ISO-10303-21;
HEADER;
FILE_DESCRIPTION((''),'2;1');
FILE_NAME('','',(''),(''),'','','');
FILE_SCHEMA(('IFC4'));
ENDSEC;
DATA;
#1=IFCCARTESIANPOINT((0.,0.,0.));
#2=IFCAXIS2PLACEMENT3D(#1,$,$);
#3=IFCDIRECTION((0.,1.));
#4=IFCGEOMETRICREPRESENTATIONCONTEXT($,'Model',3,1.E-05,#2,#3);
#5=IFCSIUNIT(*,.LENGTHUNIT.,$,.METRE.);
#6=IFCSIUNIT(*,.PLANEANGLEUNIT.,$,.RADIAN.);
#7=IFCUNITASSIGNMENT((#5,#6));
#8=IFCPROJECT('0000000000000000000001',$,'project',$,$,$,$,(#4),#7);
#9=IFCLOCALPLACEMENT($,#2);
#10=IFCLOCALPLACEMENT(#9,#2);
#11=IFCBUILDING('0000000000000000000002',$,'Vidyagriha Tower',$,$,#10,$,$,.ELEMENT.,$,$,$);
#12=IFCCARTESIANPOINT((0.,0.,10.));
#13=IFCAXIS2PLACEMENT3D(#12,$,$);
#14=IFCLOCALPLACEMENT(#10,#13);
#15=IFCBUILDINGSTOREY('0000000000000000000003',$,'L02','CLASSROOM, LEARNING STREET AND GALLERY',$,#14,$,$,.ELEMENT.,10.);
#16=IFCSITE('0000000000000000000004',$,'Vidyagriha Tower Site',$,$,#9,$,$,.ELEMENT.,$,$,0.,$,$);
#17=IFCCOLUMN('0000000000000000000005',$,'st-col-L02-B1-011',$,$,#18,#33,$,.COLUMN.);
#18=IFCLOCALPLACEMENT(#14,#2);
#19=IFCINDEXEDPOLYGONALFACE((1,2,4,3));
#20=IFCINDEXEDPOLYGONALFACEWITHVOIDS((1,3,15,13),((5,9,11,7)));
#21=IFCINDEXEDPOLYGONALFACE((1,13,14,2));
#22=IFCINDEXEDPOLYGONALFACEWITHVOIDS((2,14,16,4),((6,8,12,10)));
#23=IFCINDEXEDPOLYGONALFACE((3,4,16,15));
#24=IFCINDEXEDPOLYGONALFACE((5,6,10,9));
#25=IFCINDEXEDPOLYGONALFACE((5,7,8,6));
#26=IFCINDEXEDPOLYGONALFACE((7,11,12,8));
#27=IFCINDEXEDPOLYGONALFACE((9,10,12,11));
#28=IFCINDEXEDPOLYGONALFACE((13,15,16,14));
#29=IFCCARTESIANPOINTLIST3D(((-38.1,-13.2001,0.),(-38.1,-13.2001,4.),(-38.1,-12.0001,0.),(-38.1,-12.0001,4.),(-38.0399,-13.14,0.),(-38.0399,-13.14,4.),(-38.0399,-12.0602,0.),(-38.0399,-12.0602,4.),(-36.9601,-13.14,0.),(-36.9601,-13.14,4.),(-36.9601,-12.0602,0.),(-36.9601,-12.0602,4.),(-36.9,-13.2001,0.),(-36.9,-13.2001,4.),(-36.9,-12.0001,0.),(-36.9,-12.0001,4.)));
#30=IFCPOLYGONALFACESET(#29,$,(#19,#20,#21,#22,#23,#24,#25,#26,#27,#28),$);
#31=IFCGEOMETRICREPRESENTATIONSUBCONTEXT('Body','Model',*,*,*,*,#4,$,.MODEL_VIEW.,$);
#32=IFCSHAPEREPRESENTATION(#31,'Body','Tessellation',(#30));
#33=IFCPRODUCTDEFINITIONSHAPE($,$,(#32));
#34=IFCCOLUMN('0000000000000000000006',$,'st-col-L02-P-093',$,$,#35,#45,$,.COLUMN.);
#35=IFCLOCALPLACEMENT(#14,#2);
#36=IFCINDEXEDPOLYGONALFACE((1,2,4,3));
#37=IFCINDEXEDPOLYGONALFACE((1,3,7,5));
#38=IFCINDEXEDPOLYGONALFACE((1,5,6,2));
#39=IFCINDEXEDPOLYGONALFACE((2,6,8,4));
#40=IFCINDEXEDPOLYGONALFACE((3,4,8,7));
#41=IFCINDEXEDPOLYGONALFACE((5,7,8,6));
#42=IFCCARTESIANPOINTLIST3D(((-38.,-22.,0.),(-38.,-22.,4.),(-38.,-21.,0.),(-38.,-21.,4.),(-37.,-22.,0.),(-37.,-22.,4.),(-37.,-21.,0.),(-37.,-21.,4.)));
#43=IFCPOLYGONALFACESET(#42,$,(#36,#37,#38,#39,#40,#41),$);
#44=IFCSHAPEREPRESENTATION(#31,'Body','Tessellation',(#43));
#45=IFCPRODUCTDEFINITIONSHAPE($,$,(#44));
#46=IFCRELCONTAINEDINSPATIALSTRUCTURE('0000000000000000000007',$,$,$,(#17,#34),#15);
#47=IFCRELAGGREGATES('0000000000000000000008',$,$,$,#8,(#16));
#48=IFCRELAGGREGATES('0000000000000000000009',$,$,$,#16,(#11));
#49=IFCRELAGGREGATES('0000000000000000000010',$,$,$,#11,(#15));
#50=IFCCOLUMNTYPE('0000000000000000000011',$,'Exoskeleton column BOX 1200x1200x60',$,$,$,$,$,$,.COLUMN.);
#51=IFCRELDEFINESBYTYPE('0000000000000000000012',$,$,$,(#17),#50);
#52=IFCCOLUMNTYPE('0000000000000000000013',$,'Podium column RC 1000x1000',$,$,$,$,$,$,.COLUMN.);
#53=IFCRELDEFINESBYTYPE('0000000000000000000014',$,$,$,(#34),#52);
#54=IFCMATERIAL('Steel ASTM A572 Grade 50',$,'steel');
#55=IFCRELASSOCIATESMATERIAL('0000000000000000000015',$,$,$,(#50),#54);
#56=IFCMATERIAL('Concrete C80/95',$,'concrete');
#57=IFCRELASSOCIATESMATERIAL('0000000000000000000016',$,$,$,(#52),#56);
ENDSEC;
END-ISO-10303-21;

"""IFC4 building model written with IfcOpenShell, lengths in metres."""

from ifc_helpers import new_model, si_unit, direction, frame, origin, origin_2d, place, context, subcontext, project, spatial, rectangle, hollow_rectangle, extrude, material, material_profile, profile_set, type_object, element, save


model = new_model("IFC4")

# Units and contexts
model_context = context("Model", 3, precision=1e-05, world=origin(), true_north=direction((0.0, 1.0)))
body_context = subcontext(model_context, "Body", "Model", "MODEL_VIEW")
ifc_project = project(units=[si_unit("LENGTHUNIT", "METRE"), si_unit("PLANEANGLEUNIT", "RADIAN")], contexts=[model_context])

# Site, building, storey
site_placement = place(None, origin())
site = spatial("IfcSite", under=ifc_project, at=site_placement, Name="Vidyagriha Tower Site", CompositionType="ELEMENT", RefElevation=0.0)
building_placement = place(site_placement, origin())
building = spatial("IfcBuilding", under=site, at=building_placement, Name="Vidyagriha Tower", CompositionType="ELEMENT")
storey_placement = place(building_placement, frame((0.0, 0.0, 10.0)))
storey = spatial("IfcBuildingStorey", under=building, at=storey_placement, Name="L02", Description="CLASSROOM, LEARNING STREET AND GALLERY", CompositionType="ELEMENT", Elevation=10.0)

# Columns
ifc_material_1 = material(Name="Steel ASTM A572 Grade 50", Category="steel")
ifc_material_profile_1 = material_profile(ifc_material_1, hollow_rectangle(XDim=1.2, YDim=1.2, WallThickness=0.0601, at=origin_2d()), Name="BOX 1200x1200x60")
ifc_profile_set_1 = profile_set([ifc_material_profile_1], Name="Steel ASTM A572 Grade 50")
column_type_1 = type_object("IfcColumnType", Name="Exoskeleton column BOX 1200x1200x60", PredefinedType="COLUMN", material=ifc_profile_set_1)
column_1_placement = place(storey_placement, frame((-37.5, -12.6001, 0.0)))
element("IfcColumn", 1, at=column_1_placement, inside=storey, type_object=column_type_1, Name="st-col-L02-B1-011", PredefinedType="COLUMN", context=body_context, shape_type="SweptSolid", body=[
    extrude(hollow_rectangle(XDim=1.2, YDim=1.2, WallThickness=0.0601, at=origin_2d()), origin(), (0.0, 0.0, 1.0), 4.0),
])
ifc_material_2 = material(Name="Concrete C80/95", Category="concrete")
ifc_material_profile_2 = material_profile(ifc_material_2, rectangle(XDim=1.0, YDim=1.0, at=origin_2d()), Name="RC 1000x1000")
ifc_profile_set_2 = profile_set([ifc_material_profile_2], Name="Concrete C80/95")
column_type_2 = type_object("IfcColumnType", Name="Podium column RC 1000x1000", PredefinedType="COLUMN", material=ifc_profile_set_2)
column_2_placement = place(storey_placement, frame((-37.5, -21.5, 0.0)))
element("IfcColumn", 2, at=column_2_placement, inside=storey, type_object=column_type_2, Name="st-col-L02-P-093", PredefinedType="COLUMN", context=body_context, shape_type="SweptSolid", body=[
    extrude(rectangle(XDim=1.0, YDim=1.0, at=origin_2d()), origin(), (0.0, 0.0, 1.0), 4.0),
])

save(model, "model.ifc")
